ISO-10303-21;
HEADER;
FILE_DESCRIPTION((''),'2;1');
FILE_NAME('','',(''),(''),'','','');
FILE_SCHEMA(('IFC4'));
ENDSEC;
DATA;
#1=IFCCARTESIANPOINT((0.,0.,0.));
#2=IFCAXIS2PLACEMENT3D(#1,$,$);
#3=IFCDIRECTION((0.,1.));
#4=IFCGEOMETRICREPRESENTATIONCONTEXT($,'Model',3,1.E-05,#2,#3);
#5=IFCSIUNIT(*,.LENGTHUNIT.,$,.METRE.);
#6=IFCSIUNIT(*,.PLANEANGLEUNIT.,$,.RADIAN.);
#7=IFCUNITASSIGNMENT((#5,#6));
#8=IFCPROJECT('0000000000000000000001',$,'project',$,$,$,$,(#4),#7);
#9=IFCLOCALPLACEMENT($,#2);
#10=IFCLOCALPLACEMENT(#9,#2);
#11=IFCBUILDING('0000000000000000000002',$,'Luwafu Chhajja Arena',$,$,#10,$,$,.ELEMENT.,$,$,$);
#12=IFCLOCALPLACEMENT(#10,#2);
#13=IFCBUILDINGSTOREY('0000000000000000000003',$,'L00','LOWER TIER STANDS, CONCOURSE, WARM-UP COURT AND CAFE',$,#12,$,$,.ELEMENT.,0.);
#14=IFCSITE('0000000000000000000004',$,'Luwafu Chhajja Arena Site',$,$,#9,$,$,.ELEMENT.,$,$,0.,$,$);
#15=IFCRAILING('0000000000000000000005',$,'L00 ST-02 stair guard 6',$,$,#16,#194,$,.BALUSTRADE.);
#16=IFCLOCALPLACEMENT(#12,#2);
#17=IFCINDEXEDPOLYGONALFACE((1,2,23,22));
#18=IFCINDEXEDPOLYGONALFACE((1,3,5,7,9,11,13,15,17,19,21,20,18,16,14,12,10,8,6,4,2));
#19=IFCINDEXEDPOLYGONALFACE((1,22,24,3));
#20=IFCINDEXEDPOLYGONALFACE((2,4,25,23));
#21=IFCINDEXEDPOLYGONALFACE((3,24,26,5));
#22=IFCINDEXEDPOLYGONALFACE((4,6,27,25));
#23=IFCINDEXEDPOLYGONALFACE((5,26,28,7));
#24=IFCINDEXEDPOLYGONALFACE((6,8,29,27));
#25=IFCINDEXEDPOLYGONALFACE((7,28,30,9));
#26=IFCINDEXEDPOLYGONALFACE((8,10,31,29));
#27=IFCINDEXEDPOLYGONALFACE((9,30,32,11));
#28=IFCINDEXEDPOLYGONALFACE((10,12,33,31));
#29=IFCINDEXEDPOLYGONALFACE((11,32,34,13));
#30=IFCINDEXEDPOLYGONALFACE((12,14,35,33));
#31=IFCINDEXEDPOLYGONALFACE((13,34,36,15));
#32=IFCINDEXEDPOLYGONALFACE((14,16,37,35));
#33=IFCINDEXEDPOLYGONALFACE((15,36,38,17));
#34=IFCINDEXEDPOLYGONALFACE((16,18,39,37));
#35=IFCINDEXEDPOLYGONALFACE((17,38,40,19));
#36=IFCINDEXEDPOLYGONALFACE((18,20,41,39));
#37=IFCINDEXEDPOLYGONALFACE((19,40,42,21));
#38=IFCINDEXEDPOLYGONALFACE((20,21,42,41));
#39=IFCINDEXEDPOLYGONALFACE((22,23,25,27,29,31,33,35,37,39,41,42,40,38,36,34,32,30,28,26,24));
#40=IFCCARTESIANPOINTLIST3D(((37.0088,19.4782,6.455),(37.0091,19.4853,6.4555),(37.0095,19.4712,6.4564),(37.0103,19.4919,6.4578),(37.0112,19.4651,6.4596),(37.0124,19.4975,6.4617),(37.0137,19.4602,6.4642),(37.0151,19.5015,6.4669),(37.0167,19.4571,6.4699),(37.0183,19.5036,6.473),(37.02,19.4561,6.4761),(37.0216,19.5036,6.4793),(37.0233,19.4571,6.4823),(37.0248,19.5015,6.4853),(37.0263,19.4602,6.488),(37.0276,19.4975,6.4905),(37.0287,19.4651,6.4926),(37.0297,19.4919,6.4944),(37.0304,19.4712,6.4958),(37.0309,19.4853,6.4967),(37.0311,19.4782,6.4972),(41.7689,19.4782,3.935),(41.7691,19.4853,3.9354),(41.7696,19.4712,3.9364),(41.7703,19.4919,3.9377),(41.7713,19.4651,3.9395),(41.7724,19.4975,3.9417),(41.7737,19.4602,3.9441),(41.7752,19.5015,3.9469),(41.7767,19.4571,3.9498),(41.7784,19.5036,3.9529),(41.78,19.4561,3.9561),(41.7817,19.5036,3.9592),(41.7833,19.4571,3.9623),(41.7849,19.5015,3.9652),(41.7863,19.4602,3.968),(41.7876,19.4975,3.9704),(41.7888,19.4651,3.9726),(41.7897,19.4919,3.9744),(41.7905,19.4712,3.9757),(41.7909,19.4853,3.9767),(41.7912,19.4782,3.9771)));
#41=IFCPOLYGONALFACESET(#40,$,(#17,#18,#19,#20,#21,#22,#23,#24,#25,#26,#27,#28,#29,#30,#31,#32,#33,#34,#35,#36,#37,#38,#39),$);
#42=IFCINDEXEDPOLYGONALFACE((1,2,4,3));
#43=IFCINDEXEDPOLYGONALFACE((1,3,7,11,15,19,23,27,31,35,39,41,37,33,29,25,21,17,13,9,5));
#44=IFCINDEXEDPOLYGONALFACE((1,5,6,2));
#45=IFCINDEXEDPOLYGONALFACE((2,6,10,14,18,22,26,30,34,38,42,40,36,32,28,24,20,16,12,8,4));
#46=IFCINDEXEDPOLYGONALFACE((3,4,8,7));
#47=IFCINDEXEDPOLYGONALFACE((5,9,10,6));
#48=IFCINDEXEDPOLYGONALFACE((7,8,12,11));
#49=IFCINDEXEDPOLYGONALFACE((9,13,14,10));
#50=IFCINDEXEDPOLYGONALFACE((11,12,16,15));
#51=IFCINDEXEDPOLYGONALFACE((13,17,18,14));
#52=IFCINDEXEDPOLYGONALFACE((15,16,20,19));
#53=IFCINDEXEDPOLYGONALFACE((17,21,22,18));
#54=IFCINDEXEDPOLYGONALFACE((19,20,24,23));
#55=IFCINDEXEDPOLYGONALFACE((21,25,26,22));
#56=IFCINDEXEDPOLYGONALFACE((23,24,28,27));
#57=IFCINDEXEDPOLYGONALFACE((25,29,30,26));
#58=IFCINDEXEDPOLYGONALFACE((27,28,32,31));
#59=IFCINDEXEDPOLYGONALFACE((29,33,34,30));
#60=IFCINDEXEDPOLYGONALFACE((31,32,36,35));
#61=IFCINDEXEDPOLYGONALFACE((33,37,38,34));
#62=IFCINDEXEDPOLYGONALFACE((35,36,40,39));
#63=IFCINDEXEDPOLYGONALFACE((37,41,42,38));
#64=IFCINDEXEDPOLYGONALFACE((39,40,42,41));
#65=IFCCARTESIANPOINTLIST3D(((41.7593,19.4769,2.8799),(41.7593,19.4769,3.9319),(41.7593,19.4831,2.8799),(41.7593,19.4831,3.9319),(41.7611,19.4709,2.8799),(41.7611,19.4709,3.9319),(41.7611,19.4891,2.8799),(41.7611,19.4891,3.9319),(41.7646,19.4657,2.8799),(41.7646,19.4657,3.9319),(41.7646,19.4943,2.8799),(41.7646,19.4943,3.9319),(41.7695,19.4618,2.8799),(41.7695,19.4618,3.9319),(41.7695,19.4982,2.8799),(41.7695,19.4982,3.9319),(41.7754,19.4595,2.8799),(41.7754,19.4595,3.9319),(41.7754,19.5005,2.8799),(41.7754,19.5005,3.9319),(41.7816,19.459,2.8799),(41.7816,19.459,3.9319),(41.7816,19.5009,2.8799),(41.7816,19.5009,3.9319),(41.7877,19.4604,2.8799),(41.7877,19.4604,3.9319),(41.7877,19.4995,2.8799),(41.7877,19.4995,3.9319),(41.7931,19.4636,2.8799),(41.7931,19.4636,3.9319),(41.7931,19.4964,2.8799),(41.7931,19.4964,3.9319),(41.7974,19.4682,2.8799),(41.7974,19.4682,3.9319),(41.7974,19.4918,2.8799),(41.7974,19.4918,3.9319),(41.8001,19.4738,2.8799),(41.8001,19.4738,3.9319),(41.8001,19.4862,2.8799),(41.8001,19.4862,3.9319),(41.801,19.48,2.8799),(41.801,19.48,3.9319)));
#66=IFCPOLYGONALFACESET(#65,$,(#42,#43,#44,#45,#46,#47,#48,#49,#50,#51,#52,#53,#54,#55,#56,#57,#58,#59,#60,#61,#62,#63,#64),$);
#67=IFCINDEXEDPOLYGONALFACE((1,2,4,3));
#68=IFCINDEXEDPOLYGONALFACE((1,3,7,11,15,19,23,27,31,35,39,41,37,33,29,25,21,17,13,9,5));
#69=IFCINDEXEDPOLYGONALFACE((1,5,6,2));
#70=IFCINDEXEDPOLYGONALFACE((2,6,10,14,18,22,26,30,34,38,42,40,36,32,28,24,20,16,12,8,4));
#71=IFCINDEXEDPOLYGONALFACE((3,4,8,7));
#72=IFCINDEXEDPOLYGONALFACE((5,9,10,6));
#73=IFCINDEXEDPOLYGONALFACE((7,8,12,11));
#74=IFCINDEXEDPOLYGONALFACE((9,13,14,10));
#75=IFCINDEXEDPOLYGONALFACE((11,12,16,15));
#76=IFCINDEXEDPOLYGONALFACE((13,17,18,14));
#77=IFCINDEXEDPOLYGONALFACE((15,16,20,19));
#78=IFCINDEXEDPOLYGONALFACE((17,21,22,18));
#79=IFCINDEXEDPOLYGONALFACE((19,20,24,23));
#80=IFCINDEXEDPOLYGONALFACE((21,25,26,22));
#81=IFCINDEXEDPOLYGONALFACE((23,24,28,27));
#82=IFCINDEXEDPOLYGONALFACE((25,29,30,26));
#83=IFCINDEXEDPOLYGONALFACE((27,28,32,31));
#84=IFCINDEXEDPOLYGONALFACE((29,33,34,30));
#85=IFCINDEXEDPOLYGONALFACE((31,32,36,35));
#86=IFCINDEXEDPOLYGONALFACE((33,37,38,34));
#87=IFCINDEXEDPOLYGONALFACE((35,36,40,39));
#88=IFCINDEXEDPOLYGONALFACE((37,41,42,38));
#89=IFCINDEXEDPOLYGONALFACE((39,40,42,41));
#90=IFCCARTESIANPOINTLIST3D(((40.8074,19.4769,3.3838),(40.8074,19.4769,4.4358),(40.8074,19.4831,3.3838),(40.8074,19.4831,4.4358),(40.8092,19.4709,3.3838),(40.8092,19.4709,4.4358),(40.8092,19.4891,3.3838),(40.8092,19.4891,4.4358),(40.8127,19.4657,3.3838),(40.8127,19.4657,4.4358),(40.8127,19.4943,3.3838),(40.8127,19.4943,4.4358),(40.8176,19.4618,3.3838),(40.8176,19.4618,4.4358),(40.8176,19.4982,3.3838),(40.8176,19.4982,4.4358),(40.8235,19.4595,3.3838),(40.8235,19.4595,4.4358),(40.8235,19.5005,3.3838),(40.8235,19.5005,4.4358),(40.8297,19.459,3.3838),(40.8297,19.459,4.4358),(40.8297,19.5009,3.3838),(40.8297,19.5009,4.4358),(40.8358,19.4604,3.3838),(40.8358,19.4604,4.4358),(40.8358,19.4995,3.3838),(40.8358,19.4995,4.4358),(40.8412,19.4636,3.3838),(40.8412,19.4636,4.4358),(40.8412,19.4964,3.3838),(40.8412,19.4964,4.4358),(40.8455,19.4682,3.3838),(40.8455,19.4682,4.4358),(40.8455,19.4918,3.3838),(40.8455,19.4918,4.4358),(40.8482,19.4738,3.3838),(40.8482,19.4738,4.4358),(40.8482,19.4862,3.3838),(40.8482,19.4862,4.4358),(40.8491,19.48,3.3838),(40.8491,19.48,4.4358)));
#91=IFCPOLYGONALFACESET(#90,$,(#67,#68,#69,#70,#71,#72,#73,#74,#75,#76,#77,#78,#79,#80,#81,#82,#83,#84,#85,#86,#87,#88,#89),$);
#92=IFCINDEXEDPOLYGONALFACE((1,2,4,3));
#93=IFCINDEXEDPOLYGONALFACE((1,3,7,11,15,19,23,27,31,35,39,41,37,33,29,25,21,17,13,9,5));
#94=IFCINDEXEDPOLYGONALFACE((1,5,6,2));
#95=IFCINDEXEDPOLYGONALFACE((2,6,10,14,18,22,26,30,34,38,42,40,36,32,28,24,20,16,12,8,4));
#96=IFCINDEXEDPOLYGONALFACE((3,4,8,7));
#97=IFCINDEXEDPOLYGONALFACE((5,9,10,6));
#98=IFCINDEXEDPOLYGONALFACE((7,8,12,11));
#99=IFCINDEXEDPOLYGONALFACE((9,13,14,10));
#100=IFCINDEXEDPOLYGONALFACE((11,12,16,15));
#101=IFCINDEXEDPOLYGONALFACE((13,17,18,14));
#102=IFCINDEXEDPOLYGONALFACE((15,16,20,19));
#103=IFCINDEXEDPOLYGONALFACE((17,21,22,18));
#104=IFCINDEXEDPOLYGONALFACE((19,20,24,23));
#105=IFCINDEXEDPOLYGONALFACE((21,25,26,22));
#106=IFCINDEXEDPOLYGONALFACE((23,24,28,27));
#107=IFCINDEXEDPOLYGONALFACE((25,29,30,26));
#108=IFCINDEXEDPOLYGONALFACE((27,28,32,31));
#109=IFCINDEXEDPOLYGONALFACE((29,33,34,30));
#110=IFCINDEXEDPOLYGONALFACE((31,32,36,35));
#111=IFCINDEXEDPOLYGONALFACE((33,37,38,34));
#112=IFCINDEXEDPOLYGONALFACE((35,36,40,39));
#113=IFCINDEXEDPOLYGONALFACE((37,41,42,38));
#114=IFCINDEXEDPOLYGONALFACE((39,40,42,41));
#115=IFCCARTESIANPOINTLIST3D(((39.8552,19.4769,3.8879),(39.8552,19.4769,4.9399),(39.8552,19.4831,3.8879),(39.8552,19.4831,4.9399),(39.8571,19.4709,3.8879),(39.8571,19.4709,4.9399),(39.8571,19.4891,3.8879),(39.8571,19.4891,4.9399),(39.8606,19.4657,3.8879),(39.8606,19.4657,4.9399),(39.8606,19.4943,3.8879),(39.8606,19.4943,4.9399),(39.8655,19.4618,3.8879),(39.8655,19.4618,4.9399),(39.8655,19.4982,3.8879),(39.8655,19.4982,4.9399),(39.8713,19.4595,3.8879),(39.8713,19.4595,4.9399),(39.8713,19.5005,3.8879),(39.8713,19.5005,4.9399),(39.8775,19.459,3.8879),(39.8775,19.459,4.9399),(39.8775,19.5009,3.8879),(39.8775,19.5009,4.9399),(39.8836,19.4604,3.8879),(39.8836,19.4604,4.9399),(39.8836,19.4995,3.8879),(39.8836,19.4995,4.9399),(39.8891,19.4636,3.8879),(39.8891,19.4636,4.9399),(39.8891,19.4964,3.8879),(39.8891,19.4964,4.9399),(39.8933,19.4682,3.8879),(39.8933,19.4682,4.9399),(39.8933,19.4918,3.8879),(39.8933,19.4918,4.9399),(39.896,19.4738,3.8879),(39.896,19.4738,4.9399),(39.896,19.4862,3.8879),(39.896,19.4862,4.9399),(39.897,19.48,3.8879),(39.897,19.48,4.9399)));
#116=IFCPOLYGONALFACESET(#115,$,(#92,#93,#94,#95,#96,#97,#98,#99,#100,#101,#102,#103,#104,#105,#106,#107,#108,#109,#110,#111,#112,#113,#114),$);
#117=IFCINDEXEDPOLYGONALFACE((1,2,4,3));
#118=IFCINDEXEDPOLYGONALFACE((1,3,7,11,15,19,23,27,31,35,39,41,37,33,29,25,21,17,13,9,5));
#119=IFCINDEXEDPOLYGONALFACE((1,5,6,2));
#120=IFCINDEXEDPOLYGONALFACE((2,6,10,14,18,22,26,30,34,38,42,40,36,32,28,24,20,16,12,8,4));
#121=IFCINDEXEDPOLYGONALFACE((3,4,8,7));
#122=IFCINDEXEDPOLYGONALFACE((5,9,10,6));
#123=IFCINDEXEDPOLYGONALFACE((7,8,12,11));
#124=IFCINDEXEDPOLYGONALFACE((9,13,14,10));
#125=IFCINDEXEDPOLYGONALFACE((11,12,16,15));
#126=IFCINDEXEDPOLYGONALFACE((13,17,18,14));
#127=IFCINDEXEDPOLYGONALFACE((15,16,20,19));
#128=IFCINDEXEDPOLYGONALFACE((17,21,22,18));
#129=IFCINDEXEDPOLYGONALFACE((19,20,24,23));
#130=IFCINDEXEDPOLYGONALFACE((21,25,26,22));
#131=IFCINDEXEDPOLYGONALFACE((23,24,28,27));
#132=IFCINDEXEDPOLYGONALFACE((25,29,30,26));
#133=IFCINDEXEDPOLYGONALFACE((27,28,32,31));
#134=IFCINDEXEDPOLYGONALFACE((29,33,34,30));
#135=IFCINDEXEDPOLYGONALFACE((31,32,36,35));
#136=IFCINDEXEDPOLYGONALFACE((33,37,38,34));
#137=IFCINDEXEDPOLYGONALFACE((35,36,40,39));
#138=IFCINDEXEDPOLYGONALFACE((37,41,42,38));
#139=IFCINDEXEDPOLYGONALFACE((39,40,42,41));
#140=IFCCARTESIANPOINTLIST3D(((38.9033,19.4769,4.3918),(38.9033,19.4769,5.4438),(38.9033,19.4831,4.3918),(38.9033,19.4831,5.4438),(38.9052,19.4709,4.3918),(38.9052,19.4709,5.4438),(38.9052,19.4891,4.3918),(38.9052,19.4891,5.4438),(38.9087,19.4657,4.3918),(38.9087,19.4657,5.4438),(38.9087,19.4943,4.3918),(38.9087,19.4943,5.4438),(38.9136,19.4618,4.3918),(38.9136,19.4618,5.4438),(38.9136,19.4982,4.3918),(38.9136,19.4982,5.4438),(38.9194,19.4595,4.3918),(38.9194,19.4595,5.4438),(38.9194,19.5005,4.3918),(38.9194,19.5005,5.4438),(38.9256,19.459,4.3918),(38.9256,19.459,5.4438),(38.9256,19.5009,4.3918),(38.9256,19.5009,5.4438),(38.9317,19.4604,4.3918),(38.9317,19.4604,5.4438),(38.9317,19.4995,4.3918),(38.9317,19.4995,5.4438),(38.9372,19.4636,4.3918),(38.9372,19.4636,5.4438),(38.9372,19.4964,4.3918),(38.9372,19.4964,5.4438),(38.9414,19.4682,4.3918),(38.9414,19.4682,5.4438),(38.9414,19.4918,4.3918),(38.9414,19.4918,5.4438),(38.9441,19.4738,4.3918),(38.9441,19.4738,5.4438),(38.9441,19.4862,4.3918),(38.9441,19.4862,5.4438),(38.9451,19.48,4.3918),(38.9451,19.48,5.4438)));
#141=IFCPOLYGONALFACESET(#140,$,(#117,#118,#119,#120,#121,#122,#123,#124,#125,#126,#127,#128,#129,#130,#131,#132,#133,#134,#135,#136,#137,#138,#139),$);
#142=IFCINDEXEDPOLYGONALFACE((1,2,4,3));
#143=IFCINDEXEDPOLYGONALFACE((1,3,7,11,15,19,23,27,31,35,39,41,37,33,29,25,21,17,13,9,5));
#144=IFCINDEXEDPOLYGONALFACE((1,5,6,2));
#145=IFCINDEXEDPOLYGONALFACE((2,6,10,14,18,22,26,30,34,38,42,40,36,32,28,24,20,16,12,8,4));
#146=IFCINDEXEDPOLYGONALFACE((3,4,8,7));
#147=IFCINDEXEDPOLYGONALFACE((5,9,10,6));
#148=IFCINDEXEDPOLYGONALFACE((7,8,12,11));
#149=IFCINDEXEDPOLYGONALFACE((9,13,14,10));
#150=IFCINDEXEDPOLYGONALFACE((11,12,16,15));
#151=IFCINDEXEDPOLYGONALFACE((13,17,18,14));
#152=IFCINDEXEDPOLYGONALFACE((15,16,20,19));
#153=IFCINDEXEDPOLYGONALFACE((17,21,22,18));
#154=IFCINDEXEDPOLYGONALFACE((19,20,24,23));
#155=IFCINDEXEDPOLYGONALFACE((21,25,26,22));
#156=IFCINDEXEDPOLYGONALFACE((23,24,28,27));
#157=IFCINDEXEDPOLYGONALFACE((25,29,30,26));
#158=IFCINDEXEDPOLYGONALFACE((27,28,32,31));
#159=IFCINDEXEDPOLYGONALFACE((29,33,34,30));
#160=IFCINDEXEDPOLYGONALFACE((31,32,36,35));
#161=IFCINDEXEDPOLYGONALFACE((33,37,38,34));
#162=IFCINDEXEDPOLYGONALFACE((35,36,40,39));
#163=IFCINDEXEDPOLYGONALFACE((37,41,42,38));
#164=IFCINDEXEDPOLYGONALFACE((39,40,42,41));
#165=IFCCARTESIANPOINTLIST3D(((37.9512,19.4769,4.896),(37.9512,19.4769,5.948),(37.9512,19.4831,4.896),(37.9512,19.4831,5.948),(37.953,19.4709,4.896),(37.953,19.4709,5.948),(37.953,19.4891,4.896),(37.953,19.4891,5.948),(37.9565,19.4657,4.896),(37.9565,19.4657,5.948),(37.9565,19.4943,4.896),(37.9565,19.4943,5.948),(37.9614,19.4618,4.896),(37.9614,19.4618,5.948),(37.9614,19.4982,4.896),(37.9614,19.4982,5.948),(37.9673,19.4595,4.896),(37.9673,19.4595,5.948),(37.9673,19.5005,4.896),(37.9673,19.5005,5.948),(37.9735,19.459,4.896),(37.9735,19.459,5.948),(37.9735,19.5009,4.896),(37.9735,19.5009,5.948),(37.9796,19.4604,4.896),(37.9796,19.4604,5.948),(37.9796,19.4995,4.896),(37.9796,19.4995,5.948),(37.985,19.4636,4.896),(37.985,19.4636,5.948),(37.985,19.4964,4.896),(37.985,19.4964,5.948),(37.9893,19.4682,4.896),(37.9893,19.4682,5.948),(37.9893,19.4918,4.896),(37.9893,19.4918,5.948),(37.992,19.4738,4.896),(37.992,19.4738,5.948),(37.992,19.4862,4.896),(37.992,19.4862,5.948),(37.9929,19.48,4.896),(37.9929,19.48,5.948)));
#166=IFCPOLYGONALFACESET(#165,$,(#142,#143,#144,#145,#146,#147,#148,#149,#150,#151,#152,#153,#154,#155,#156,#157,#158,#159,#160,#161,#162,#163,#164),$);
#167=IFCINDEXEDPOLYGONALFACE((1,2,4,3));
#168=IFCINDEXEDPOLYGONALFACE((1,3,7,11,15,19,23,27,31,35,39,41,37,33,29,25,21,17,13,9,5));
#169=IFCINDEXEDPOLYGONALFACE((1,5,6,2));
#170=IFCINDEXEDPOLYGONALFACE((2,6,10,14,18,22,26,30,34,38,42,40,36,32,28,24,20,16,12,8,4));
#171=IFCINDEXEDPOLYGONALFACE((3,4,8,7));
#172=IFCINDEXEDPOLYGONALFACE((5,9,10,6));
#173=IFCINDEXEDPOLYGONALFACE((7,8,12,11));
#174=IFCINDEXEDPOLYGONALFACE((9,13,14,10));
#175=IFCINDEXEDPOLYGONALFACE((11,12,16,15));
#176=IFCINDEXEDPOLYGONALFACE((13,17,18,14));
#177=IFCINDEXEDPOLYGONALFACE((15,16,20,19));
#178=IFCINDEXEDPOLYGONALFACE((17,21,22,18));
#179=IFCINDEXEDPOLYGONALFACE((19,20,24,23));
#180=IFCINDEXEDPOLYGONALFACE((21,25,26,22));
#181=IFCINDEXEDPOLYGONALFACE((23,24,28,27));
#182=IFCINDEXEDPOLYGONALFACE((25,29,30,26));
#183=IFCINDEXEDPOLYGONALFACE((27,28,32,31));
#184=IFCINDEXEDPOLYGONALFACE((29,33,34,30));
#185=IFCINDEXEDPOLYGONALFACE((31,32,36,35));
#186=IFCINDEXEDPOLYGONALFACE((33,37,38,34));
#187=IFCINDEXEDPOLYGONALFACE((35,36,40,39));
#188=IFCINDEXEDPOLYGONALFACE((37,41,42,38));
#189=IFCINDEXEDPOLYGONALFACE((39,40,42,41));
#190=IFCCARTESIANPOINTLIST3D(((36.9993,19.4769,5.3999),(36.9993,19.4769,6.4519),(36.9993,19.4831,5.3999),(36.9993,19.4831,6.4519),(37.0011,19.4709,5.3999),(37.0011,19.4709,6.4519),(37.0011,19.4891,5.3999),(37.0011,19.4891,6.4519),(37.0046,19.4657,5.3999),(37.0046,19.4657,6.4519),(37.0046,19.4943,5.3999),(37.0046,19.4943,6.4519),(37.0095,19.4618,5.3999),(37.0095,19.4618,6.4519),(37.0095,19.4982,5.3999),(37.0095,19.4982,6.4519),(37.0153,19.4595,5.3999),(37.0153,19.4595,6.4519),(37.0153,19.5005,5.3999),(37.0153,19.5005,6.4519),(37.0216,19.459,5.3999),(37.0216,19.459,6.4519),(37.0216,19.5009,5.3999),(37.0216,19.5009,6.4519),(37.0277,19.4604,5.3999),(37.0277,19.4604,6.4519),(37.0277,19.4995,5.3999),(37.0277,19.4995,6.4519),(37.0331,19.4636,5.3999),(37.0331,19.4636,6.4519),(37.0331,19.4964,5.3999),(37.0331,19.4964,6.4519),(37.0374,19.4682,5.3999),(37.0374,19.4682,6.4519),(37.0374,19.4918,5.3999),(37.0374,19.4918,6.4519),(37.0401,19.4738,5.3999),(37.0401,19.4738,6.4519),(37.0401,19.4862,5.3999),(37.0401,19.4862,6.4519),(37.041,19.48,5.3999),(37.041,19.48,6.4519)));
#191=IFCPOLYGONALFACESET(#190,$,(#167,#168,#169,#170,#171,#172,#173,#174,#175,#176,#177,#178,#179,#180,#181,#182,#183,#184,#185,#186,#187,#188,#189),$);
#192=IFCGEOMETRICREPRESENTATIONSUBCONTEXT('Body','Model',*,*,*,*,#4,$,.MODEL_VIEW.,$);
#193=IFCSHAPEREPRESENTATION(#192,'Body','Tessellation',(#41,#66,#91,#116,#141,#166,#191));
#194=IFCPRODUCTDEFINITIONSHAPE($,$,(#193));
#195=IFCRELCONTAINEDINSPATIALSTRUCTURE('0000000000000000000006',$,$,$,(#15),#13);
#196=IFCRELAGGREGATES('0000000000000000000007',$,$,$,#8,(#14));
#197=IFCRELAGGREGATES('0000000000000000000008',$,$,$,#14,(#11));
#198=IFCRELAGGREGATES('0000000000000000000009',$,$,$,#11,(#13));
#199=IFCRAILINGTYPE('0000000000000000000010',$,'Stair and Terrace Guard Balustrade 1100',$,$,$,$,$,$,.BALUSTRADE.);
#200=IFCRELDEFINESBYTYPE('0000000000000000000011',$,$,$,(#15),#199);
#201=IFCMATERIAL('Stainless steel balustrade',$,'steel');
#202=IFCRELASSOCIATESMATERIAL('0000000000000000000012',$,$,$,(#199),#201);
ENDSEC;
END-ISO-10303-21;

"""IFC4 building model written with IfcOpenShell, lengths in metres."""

from ifc_helpers import new_model, si_unit, direction, frame, origin, origin_2d, place, context, subcontext, project, spatial, circle, extrude, material, type_object, element, save


model = new_model("IFC4")

# Units and contexts
model_context = context("Model", 3, precision=1e-05, world=origin(), true_north=direction((0.0, 1.0)))
body_context = subcontext(model_context, "Body", "Model", "MODEL_VIEW")
ifc_project = project(units=[si_unit("LENGTHUNIT", "METRE"), si_unit("PLANEANGLEUNIT", "RADIAN")], contexts=[model_context])

# Site, building, storey
site_placement = place(None, origin())
site = spatial("IfcSite", under=ifc_project, at=site_placement, Name="Luwafu Chhajja Arena Site", CompositionType="ELEMENT", RefElevation=0.0)
building_placement = place(site_placement, origin())
building = spatial("IfcBuilding", under=site, at=building_placement, Name="Luwafu Chhajja Arena", CompositionType="ELEMENT")
storey_placement = place(building_placement, origin())
storey = spatial("IfcBuildingStorey", under=building, at=storey_placement, Name="L00", Description="LOWER TIER STANDS, CONCOURSE, WARM-UP COURT AND CAFE", CompositionType="ELEMENT", Elevation=0.0)

# Railing
ifc_material_1 = material(Name="Stainless steel balustrade", Category="steel")
railing_type_1 = type_object("IfcRailingType", Name="Stair and Terrace Guard Balustrade 1100", PredefinedType="BALUSTRADE", material=ifc_material_1)
railing_1_placement = place(storey_placement, frame((41.78, 19.48, 2.8799)))
element("IfcRailing", 1, at=railing_1_placement, inside=storey, type_object=railing_type_1, Name="L00 ST-02 stair guard 6", PredefinedType="BALUSTRADE", context=body_context, shape_type="SweptSolid", body=[
    extrude(circle(Radius=0.0239, at=origin_2d()), frame((0.0, 0.0, 1.0762), z_axis=(-0.883787, 0.0, 0.46789), x_axis=(0.0, -1.0, 0.0)), (0.0, 0.0, 1.0), 5.386),
    extrude(circle(Radius=0.021, at=origin_2d()), origin(), (0.0, 0.0, 1.0), 1.052),
    extrude(circle(Radius=0.021, at=origin_2d()), frame((-0.9519, 0.0, 0.5039)), (0.0, 0.0, 1.0), 1.052),
    extrude(circle(Radius=0.021, at=origin_2d()), frame((-1.9041, 0.0, 1.0081)), (0.0, 0.0, 1.0), 1.052),
    extrude(circle(Radius=0.021, at=origin_2d()), frame((-2.856, 0.0, 1.512)), (0.0, 0.0, 1.0), 1.052),
    extrude(circle(Radius=0.021, at=origin_2d()), frame((-3.8081, 0.0, 2.0161)), (0.0, 0.0, 1.0), 1.052),
    extrude(circle(Radius=0.021, at=origin_2d()), frame((-4.76, 0.0, 2.52)), (0.0, 0.0, 1.0), 1.052),
])

save(model, "model.ifc")
